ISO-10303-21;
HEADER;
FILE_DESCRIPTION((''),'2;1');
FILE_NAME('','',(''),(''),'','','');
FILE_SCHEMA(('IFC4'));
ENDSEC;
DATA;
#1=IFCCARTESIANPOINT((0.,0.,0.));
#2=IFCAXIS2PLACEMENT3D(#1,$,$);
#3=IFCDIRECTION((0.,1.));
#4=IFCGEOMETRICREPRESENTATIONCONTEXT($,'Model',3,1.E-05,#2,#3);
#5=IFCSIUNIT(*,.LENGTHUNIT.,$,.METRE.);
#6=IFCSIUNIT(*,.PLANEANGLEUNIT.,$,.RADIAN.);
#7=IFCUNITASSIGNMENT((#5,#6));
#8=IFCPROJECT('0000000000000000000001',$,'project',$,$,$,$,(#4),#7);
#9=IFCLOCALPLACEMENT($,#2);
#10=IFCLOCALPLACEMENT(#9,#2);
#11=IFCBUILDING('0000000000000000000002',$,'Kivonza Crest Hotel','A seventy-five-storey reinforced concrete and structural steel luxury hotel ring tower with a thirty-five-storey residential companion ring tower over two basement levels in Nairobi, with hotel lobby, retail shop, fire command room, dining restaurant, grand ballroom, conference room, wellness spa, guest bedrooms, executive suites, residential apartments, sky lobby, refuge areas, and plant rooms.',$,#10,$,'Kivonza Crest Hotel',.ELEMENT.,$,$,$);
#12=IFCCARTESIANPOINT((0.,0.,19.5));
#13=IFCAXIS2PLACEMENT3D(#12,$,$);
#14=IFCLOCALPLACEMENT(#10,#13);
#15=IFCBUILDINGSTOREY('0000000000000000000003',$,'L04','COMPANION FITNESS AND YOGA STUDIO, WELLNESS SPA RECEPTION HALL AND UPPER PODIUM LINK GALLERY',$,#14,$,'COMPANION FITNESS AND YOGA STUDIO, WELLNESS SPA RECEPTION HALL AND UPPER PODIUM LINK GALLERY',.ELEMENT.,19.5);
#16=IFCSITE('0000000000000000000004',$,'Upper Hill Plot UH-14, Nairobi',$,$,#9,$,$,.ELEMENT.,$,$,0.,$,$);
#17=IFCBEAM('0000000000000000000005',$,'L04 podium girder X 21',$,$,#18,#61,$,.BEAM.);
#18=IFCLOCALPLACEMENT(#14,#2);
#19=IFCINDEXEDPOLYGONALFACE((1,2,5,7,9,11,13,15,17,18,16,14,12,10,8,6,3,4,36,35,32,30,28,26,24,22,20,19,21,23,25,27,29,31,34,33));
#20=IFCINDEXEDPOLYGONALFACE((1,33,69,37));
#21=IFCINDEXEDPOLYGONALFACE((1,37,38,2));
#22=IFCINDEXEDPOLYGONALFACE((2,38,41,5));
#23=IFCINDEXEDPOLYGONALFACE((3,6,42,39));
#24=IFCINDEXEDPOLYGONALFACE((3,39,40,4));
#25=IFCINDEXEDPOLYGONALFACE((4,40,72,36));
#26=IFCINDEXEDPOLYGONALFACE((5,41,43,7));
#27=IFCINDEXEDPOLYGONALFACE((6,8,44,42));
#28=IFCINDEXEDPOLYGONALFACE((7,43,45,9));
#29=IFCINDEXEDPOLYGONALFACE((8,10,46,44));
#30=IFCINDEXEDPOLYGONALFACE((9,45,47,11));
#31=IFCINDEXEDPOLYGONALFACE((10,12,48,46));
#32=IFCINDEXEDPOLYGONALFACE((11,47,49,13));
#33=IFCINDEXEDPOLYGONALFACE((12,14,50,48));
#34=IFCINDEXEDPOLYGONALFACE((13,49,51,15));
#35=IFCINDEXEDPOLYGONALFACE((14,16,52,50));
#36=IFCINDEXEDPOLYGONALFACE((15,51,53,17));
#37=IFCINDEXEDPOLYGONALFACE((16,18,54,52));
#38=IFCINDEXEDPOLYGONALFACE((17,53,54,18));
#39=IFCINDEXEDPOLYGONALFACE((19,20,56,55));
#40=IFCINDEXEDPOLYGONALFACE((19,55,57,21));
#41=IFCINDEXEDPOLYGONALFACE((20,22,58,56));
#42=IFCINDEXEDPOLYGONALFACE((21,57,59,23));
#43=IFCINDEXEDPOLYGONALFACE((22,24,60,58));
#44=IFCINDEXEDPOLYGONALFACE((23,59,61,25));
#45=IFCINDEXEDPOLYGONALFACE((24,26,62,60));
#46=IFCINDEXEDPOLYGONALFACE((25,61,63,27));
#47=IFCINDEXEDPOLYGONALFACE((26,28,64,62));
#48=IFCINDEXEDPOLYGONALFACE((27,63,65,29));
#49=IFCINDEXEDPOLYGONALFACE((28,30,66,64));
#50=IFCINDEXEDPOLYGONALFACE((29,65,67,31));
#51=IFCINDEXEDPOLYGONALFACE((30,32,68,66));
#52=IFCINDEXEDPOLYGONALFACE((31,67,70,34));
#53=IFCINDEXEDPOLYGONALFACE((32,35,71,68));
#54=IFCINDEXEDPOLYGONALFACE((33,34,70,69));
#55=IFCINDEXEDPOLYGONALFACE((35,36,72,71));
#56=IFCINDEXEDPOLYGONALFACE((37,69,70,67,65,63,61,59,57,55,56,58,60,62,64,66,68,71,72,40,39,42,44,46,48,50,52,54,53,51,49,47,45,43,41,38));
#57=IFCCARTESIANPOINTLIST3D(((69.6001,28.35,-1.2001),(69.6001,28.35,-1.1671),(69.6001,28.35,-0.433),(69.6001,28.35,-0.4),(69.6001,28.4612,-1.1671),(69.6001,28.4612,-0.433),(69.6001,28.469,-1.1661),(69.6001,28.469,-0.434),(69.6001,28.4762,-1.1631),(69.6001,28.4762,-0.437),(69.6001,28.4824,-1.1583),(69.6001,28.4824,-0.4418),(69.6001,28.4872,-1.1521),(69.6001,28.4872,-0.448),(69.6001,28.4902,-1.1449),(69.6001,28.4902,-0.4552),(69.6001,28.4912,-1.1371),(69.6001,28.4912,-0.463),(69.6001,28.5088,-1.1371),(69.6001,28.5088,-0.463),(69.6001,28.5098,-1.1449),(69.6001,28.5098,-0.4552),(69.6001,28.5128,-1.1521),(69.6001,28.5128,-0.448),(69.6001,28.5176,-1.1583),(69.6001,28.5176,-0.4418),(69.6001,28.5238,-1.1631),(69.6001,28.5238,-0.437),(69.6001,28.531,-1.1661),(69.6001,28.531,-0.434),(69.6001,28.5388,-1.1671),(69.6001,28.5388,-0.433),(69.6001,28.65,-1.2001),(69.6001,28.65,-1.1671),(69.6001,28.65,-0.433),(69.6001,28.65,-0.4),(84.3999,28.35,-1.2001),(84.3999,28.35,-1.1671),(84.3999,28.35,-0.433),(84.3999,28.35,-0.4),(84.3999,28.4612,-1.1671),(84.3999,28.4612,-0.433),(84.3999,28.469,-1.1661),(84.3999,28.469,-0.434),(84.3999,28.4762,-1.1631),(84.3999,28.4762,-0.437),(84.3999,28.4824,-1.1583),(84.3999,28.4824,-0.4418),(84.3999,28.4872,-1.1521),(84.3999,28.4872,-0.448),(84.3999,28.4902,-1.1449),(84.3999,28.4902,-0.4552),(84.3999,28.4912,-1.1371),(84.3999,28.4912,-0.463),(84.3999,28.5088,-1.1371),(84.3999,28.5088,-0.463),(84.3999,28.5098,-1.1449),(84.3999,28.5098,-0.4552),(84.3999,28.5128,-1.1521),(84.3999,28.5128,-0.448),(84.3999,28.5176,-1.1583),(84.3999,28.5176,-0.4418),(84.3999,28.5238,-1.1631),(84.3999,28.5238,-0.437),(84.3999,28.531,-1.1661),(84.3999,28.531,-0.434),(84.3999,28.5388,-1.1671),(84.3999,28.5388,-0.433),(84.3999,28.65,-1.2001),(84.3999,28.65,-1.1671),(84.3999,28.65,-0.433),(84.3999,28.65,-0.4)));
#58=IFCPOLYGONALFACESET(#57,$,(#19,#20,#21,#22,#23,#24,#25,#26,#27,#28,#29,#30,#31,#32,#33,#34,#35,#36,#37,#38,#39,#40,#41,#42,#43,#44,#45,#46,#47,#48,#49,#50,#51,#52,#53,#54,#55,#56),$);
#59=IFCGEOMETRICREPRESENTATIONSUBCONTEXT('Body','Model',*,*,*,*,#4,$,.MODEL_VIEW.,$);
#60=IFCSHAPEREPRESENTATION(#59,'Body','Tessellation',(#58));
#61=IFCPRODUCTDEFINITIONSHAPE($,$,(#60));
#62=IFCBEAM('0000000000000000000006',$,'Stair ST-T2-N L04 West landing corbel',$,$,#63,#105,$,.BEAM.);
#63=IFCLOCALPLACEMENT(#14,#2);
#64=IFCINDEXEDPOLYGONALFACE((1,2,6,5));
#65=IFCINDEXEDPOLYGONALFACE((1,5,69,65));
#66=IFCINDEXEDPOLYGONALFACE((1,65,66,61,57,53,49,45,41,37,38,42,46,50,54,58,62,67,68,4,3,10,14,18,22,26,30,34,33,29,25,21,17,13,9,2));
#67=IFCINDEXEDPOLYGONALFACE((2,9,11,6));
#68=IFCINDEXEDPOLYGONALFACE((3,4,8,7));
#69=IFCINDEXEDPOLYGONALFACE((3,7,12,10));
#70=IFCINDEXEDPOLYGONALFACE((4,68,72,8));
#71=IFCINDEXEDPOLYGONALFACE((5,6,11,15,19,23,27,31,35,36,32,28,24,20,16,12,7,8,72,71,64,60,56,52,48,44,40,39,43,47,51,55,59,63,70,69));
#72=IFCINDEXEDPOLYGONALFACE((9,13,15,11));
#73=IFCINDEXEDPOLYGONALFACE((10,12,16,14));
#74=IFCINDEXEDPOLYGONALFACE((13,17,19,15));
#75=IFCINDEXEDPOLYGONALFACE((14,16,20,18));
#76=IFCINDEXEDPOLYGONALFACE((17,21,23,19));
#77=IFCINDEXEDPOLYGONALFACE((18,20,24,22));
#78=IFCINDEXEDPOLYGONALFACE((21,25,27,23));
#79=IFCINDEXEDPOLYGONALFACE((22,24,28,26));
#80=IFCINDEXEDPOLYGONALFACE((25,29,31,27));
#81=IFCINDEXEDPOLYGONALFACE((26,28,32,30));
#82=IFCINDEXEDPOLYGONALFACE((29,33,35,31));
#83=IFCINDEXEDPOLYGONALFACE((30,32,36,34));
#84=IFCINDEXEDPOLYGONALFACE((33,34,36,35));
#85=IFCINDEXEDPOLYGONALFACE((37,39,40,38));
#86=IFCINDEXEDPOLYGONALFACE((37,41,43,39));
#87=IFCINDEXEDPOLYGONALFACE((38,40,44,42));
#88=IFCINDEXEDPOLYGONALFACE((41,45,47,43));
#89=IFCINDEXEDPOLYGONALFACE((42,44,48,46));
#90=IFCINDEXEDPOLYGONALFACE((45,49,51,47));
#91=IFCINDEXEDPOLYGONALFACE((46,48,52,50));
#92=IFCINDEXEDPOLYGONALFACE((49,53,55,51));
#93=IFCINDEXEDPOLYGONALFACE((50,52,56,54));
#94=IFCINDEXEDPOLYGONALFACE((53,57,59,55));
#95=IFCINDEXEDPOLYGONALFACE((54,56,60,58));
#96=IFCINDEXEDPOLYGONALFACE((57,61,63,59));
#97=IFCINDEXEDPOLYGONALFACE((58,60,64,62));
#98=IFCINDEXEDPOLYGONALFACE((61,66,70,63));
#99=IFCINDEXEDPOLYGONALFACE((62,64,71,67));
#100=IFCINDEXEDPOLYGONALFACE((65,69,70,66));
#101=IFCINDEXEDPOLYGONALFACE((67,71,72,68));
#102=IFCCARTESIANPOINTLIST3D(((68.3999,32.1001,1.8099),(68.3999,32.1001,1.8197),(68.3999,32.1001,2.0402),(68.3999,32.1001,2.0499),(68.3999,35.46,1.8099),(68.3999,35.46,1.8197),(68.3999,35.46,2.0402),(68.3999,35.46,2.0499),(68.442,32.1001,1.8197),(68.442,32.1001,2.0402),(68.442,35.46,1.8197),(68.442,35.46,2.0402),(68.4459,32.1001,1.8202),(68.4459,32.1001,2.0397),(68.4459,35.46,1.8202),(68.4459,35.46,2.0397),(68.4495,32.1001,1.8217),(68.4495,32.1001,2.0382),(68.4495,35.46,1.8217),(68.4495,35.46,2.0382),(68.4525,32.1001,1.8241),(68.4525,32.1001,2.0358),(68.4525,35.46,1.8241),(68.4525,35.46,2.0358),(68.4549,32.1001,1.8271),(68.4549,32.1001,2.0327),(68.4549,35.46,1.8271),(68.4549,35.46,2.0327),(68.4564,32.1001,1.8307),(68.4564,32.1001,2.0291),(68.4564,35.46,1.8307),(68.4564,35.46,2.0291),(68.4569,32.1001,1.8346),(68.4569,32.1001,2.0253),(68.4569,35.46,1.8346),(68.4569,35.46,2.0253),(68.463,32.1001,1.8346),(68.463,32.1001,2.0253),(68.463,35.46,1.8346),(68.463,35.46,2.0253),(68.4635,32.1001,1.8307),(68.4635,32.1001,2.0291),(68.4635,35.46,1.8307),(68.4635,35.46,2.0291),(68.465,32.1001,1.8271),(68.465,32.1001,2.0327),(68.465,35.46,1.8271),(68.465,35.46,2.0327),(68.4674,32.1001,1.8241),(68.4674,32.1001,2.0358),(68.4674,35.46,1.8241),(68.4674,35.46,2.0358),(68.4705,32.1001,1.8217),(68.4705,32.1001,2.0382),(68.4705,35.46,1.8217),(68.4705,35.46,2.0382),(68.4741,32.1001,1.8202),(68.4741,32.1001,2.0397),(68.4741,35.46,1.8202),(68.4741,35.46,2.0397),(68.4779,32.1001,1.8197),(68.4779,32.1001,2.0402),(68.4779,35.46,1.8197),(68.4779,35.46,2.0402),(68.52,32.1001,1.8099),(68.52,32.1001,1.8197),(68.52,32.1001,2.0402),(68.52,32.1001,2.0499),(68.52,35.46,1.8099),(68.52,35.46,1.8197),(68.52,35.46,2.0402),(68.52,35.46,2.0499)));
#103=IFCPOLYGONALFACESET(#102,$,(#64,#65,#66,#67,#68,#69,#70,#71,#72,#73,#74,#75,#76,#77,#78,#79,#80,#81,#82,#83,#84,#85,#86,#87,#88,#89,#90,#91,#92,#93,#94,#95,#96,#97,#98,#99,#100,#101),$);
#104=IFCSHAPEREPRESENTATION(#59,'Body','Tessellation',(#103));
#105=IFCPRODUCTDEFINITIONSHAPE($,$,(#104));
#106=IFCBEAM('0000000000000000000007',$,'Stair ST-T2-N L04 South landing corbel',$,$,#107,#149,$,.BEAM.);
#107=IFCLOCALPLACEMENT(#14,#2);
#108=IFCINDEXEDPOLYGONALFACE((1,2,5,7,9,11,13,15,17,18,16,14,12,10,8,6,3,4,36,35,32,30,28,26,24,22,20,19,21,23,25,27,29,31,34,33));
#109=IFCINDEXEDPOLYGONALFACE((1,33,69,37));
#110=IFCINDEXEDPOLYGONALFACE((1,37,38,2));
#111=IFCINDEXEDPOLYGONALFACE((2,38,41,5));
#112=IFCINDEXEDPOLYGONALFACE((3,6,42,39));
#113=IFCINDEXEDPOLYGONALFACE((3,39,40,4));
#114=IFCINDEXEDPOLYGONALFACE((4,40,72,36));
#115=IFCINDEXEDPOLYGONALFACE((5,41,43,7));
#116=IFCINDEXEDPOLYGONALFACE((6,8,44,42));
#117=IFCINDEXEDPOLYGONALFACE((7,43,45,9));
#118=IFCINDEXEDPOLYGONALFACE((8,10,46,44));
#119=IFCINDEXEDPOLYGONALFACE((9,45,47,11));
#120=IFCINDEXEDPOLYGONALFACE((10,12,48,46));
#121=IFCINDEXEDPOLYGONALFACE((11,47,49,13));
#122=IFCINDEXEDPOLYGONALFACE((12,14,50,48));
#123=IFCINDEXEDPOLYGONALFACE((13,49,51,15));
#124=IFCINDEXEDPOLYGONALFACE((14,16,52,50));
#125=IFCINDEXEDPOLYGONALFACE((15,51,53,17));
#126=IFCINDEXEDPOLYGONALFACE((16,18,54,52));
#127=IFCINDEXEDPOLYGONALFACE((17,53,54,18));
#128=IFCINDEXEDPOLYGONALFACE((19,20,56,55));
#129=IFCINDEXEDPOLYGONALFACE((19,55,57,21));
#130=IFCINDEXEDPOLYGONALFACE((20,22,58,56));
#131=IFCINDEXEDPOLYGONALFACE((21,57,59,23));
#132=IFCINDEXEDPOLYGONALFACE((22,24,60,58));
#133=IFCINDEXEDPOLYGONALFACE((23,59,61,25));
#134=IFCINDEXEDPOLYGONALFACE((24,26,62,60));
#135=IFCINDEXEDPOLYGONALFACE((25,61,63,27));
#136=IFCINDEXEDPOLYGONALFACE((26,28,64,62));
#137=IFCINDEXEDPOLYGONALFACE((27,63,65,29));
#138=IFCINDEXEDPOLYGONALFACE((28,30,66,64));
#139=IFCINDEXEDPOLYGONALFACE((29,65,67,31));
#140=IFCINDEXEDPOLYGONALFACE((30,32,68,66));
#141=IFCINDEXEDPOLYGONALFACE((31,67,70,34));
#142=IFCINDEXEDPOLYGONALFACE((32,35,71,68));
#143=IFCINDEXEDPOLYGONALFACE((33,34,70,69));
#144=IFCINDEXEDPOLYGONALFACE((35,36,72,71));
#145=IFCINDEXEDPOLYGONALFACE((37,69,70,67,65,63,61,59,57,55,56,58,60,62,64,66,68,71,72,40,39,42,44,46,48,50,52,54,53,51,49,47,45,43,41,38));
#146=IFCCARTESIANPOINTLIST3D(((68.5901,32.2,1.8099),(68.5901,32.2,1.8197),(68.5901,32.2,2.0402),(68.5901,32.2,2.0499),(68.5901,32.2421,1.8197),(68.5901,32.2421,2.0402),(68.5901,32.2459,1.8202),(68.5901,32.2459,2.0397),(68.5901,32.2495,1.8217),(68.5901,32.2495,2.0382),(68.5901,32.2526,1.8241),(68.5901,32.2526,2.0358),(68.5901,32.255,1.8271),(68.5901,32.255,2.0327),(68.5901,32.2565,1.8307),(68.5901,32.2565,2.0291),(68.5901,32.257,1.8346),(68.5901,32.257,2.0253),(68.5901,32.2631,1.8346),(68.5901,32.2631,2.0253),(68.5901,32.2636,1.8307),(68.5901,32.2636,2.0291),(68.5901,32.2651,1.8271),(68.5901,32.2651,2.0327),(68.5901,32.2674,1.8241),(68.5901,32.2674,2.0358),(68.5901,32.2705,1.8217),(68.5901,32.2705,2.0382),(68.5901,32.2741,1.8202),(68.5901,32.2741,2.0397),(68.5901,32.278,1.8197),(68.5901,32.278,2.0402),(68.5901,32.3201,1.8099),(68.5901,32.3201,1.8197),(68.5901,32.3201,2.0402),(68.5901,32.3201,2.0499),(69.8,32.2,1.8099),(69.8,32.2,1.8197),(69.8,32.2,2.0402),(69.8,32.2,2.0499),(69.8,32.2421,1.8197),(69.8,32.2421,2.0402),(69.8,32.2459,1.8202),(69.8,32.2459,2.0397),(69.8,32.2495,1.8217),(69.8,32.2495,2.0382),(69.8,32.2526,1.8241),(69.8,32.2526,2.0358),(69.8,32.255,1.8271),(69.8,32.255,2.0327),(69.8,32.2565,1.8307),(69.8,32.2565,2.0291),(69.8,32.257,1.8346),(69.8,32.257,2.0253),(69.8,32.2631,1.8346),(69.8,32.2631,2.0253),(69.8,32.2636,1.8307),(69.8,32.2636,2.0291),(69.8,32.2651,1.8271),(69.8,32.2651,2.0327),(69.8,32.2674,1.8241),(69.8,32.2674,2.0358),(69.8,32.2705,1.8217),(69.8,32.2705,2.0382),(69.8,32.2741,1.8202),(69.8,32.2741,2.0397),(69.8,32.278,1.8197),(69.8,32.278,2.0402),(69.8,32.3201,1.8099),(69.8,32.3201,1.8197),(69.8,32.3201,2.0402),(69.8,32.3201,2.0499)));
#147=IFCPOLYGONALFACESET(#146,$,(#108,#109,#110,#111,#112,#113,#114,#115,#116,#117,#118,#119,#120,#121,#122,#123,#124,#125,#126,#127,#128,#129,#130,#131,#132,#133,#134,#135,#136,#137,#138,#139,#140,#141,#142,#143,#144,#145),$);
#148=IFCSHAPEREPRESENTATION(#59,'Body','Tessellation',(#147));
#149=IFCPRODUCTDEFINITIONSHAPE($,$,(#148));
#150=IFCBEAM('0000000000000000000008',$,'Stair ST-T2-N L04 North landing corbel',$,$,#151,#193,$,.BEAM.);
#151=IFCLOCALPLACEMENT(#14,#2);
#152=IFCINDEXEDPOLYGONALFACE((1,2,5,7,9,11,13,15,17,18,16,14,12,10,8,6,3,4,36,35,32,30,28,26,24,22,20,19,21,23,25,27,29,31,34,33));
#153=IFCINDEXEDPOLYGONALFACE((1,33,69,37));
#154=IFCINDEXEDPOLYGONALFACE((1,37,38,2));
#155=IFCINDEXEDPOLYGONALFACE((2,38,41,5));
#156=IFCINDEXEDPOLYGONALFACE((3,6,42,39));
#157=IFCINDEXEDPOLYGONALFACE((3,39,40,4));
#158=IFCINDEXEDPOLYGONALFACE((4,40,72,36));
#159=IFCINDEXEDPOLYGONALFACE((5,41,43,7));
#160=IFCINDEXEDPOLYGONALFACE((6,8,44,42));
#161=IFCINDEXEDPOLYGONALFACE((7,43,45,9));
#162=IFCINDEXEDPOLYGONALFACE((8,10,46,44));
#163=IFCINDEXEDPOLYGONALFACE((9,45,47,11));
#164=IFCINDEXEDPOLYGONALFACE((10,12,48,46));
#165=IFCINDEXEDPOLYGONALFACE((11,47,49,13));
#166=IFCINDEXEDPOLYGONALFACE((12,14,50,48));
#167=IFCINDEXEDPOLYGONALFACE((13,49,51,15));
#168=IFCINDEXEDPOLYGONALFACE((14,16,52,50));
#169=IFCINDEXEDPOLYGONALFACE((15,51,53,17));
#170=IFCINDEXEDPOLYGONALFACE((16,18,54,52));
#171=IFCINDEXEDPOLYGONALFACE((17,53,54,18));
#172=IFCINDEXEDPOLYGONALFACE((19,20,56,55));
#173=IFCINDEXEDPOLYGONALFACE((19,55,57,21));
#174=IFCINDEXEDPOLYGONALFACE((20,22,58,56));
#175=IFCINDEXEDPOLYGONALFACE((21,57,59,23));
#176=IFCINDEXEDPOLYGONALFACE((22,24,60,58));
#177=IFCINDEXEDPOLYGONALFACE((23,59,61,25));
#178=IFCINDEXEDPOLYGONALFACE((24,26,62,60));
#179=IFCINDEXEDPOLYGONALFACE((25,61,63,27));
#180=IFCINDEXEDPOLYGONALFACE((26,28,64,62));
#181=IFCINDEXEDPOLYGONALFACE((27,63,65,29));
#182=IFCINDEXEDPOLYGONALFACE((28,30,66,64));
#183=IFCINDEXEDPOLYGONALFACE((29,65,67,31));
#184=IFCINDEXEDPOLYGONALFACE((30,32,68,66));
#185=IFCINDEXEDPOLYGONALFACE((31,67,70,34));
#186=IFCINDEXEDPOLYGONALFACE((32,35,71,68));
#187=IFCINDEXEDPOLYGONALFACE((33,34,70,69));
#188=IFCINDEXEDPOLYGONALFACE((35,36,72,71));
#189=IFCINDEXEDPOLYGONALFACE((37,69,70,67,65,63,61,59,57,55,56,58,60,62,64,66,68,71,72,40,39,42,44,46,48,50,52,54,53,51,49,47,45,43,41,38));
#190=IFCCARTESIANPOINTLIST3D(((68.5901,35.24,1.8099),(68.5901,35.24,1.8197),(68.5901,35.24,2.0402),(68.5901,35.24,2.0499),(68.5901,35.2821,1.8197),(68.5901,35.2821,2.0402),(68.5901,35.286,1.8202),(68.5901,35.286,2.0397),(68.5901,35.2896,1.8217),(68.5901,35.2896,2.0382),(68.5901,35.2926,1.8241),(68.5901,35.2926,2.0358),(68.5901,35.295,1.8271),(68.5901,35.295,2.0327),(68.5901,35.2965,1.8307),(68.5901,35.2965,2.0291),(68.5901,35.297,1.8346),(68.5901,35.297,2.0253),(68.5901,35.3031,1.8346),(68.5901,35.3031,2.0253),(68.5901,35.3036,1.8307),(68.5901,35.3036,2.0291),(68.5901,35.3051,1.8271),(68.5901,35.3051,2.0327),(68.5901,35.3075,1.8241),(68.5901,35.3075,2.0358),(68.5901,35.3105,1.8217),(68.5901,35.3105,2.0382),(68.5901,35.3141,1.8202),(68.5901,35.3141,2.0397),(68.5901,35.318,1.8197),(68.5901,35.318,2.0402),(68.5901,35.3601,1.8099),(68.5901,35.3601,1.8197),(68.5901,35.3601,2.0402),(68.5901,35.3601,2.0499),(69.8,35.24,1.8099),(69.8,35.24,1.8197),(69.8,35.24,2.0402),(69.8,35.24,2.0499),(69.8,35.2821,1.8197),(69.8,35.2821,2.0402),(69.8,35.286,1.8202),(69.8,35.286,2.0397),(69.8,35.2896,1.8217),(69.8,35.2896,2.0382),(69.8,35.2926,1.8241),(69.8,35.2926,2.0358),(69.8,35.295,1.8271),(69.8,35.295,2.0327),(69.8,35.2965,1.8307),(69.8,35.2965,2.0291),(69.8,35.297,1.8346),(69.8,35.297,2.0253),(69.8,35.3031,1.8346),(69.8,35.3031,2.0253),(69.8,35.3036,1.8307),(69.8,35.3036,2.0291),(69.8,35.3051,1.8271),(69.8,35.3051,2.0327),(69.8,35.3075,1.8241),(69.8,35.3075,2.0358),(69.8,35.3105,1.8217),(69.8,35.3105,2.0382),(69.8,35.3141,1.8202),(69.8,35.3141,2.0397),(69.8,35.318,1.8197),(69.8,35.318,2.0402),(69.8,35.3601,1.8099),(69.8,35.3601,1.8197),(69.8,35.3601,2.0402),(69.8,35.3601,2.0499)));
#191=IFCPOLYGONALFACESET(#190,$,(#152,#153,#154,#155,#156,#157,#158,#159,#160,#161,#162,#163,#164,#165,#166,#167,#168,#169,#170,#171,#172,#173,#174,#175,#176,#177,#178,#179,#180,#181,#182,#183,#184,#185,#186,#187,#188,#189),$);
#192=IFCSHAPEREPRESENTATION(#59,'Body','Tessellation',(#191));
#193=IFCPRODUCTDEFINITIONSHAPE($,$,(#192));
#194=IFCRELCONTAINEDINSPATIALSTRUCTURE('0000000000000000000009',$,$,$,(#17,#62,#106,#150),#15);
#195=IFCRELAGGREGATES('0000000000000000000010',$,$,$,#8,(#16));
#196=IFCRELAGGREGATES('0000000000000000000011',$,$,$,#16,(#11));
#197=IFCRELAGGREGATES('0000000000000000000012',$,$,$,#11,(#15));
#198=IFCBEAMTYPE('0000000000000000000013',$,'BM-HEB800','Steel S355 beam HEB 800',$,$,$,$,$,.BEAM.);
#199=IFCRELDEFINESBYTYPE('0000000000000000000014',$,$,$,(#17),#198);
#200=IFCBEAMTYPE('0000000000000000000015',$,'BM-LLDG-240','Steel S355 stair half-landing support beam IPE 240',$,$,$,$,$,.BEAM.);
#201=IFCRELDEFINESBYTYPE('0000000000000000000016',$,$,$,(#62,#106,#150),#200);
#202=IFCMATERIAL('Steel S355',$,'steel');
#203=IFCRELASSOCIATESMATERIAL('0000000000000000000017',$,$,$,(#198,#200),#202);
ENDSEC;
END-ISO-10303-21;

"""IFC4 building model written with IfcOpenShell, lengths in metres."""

from ifc_helpers import new_model, si_unit, direction, frame, origin, origin_2d, place, context, subcontext, project, spatial, i_section, extrude, material, material_profile, profile_set, type_object, element, save


model = new_model("IFC4")

# Units and contexts
model_context = context("Model", 3, precision=1e-05, world=origin(), true_north=direction((0.0, 1.0)))
body_context = subcontext(model_context, "Body", "Model", "MODEL_VIEW")
ifc_project = project(units=[si_unit("LENGTHUNIT", "METRE"), si_unit("PLANEANGLEUNIT", "RADIAN")], contexts=[model_context])

# Site, building, storey
site_placement = place(None, origin())
site = spatial("IfcSite", under=ifc_project, at=site_placement, Name="Upper Hill Plot UH-14, Nairobi", CompositionType="ELEMENT", RefElevation=0.0)
building_placement = place(site_placement, origin())
building = spatial("IfcBuilding", under=site, at=building_placement, Name="Kivonza Crest Hotel", Description="A seventy-five-storey reinforced concrete and structural steel luxury hotel ring tower with a thirty-five-storey residential companion ring tower over two basement levels in Nairobi, with hotel lobby, retail shop, fire command room, dining restaurant, grand ballroom, conference room, wellness spa, guest bedrooms, executive suites, residential apartments, sky lobby, refuge areas, and plant rooms.", LongName="Kivonza Crest Hotel", CompositionType="ELEMENT")
storey_placement = place(building_placement, frame((0.0, 0.0, 19.5)))
storey = spatial("IfcBuildingStorey", under=building, at=storey_placement, Name="L04", Description="COMPANION FITNESS AND YOGA STUDIO, WELLNESS SPA RECEPTION HALL AND UPPER PODIUM LINK GALLERY", LongName="COMPANION FITNESS AND YOGA STUDIO, WELLNESS SPA RECEPTION HALL AND UPPER PODIUM LINK GALLERY", CompositionType="ELEMENT", Elevation=19.5)

# Beams
ifc_material_1 = material(Name="Steel S355", Category="steel")
ifc_material_profile_1 = material_profile(ifc_material_1, i_section(OverallWidth=0.3, OverallDepth=0.8, WebThickness=0.0176, FlangeThickness=0.033, FilletRadius=0.03, at=origin_2d()), Name="HEB 800")
ifc_profile_set_1 = profile_set([ifc_material_profile_1], Name="Steel S355")
beam_type_1 = type_object("IfcBeamType", Name="BM-HEB800", Description="Steel S355 beam HEB 800", PredefinedType="BEAM", material=ifc_profile_set_1)
for number, where, z_axis, x_axis, name in (
    (1, (69.6001, 28.5, -0.8), (1.0, 0.0, 0.0), (0.0, 1.0, 0.0), "L04 podium girder X 21"),
):
    element("IfcBeam", number, at=place(storey_placement, frame(where, z_axis=z_axis, x_axis=x_axis)), inside=storey, type_object=beam_type_1, Name=name, PredefinedType="BEAM", context=body_context, shape_type="SweptSolid", body=[
        extrude(i_section(OverallWidth=0.3, OverallDepth=0.8, WebThickness=0.0176, FlangeThickness=0.033, FilletRadius=0.03, at=origin_2d()), origin(), (0.0, 0.0, 1.0), 14.7998),
    ])
ifc_material_profile_2 = material_profile(ifc_material_1, i_section(OverallWidth=0.1201, OverallDepth=0.24, WebThickness=0.0061, FlangeThickness=0.0098, FilletRadius=0.0149, at=origin_2d()), Name="IPE 240")
ifc_profile_set_2 = profile_set([ifc_material_profile_2], Name="Steel S355")
beam_type_2 = type_object("IfcBeamType", Name="BM-LLDG-240", Description="Steel S355 stair half-landing support beam IPE 240", PredefinedType="BEAM", material=ifc_profile_set_2)
beam_1_placement = place(storey_placement, frame((68.46, 32.1001, 1.9299), z_axis=(0.0, 1.0, 0.0), x_axis=(-1.0, 0.0, 0.0)))
element("IfcBeam", 2, at=beam_1_placement, inside=storey, type_object=beam_type_2, Name="Stair ST-T2-N L04 West landing corbel", PredefinedType="BEAM", context=body_context, shape_type="SweptSolid", body=[
    extrude(i_section(OverallWidth=0.1201, OverallDepth=0.24, WebThickness=0.0061, FlangeThickness=0.0098, FilletRadius=0.0149, at=origin_2d()), origin(), (0.0, 0.0, 1.0), 3.3599),
])
for number, where, z_axis, x_axis, name in (
    (3, (68.5901, 32.26, 1.9299), (1.0, 0.0, 0.0), (0.0, 1.0, 0.0), "Stair ST-T2-N L04 South landing corbel"),
    (4, (68.5901, 35.3, 1.9299), (1.0, 0.0, 0.0), (0.0, 1.0, 0.0), "Stair ST-T2-N L04 North landing corbel"),
):
    element("IfcBeam", number, at=place(storey_placement, frame(where, z_axis=z_axis, x_axis=x_axis)), inside=storey, type_object=beam_type_2, Name=name, PredefinedType="BEAM", context=body_context, shape_type="SweptSolid", body=[
        extrude(i_section(OverallWidth=0.1201, OverallDepth=0.24, WebThickness=0.0061, FlangeThickness=0.0098, FilletRadius=0.0149, at=origin_2d()), origin(), (0.0, 0.0, 1.0), 1.21),
    ])

save(model, "model.ifc")
